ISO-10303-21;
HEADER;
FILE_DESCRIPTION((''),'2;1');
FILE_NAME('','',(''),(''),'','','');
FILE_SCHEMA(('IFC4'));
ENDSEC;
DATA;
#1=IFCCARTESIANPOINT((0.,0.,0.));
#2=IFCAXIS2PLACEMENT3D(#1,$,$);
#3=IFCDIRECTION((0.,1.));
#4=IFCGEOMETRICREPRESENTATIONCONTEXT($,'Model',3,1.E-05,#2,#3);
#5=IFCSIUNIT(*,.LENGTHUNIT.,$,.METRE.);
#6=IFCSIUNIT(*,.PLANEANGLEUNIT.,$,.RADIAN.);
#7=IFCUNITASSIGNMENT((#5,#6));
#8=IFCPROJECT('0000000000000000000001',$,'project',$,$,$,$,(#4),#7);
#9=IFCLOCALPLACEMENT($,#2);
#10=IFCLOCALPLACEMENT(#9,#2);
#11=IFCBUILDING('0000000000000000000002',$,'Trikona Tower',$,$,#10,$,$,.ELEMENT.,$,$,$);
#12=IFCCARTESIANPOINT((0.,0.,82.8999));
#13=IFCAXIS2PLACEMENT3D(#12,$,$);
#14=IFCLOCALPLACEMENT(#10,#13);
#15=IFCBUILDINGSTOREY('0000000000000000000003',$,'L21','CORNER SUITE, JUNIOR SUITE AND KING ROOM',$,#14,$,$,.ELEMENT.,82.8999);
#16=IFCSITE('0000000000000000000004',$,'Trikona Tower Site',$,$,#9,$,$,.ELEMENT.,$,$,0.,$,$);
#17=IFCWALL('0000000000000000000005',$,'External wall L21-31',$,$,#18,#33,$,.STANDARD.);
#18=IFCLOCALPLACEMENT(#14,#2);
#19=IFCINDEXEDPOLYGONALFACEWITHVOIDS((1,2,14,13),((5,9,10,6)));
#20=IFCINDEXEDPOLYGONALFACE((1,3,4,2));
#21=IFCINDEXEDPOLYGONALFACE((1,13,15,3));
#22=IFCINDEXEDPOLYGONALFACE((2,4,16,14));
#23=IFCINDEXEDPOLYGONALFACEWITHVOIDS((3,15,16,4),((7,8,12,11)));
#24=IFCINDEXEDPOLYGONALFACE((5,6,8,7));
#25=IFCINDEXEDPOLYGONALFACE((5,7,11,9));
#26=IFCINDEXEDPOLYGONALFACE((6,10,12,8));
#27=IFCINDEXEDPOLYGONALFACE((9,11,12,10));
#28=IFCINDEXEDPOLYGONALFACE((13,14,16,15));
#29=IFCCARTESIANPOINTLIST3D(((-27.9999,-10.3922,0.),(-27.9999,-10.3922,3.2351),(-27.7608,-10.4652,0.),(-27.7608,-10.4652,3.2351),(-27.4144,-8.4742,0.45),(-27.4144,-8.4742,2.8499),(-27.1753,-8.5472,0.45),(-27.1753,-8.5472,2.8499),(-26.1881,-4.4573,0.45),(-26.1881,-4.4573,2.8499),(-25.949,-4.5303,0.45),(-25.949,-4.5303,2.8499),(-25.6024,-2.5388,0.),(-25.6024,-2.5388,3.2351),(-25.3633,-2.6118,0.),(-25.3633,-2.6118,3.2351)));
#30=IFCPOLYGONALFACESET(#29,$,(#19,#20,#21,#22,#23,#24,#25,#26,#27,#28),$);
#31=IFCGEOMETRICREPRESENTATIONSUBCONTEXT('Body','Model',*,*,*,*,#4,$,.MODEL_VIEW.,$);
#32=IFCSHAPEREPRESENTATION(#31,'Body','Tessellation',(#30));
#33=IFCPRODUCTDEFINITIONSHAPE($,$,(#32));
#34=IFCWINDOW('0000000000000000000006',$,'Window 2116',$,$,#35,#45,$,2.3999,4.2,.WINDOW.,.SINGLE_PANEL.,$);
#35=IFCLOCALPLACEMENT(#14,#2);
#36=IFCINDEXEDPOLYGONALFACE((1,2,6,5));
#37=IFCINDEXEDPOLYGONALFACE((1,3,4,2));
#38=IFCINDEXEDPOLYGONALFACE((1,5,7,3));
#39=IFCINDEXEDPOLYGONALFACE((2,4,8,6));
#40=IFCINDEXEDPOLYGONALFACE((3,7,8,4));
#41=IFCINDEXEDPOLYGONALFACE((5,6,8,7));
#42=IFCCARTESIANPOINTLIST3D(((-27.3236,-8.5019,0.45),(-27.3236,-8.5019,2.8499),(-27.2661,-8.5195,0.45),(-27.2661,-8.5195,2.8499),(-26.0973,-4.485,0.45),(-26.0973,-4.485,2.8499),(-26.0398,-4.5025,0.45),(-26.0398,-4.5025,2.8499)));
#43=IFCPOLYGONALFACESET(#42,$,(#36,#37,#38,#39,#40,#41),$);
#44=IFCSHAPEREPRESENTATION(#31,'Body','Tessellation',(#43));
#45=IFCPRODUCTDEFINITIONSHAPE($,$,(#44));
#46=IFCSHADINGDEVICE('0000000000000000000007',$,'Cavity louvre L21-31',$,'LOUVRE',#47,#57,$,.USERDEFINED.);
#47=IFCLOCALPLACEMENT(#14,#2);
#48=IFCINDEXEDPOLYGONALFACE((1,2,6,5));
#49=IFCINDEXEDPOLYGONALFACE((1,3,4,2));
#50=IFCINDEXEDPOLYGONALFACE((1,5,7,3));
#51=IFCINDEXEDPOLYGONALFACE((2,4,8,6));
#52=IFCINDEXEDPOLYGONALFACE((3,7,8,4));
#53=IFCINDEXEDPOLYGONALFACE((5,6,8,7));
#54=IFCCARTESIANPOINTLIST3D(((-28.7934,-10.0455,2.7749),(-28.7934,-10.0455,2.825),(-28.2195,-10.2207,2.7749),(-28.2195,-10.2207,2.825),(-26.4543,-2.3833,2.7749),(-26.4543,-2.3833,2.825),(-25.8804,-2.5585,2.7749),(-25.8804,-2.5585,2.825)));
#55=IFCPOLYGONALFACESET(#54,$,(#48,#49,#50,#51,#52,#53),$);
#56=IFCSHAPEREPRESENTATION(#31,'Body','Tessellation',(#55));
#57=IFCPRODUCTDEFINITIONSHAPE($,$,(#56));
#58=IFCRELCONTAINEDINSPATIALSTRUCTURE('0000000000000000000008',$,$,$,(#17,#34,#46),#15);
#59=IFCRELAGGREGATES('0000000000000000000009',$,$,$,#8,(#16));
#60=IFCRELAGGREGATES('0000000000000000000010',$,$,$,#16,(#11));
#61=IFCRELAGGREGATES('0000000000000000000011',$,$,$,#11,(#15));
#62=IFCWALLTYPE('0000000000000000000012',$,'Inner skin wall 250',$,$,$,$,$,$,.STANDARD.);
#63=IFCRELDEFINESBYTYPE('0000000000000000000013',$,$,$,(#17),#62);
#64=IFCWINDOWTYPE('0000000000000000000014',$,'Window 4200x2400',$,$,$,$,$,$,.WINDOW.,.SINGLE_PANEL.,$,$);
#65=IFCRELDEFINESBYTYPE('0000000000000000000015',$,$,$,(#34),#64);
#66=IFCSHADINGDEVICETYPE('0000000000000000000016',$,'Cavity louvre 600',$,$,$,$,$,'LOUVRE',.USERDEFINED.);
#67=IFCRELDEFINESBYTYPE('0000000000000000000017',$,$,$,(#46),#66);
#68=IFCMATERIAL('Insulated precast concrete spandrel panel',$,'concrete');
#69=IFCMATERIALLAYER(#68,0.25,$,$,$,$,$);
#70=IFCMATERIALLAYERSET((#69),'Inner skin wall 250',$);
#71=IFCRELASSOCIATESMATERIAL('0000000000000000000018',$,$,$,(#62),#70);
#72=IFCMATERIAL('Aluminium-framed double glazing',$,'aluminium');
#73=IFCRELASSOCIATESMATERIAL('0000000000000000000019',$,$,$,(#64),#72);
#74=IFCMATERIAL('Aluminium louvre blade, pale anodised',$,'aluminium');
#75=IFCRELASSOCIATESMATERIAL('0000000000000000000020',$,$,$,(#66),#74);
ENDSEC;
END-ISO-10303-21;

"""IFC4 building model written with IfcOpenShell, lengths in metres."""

from ifc_helpers import new_model, si_unit, direction, frame, frame_2d, origin, origin_2d, place, context, subcontext, project, spatial, rectangle, extrude, material, layer, layer_set, type_object, element, fill, save


model = new_model("IFC4")

# Units and contexts
model_context = context("Model", 3, precision=1e-05, world=origin(), true_north=direction((0.0, 1.0)))
body_context = subcontext(model_context, "Body", "Model", "MODEL_VIEW")
ifc_project = project(units=[si_unit("LENGTHUNIT", "METRE"), si_unit("PLANEANGLEUNIT", "RADIAN")], contexts=[model_context])

# Site, building, storey
site_placement = place(None, origin())
site = spatial("IfcSite", under=ifc_project, at=site_placement, Name="Trikona Tower Site", CompositionType="ELEMENT", RefElevation=0.0)
building_placement = place(site_placement, origin())
building = spatial("IfcBuilding", under=site, at=building_placement, Name="Trikona Tower", CompositionType="ELEMENT")
storey_placement = place(building_placement, frame((0.0, 0.0, 82.8999)))
storey = spatial("IfcBuildingStorey", under=building, at=storey_placement, Name="L21", Description="CORNER SUITE, JUNIOR SUITE AND KING ROOM", CompositionType="ELEMENT", Elevation=82.8999)

# Wall, opening, window
ifc_material_1 = material(Name="Insulated precast concrete spandrel panel", Category="concrete")
ifc_layer_1 = layer(ifc_material_1, 0.25)
ifc_layer_set_1 = layer_set([ifc_layer_1], Name="Inner skin wall 250")
wall_type_1 = type_object("IfcWallType", Name="Inner skin wall 250", PredefinedType="STANDARD", material=ifc_layer_set_1)
wall_1_placement = place(storey_placement, frame((-25.4829, -2.5754, 0.0), z_axis=(0.0, 0.0, 1.0), x_axis=(-0.291979, -0.956425, 0.0)))
wall_1 = element("IfcWall", 1, at=wall_1_placement, inside=storey, type_object=wall_type_1, Name="External wall L21-31", PredefinedType="STANDARD", context=body_context, shape_type="SweptSolid", body=[
    extrude(rectangle(XDim=8.2112, YDim=0.25, at=frame_2d((4.1055, 0.0))), origin(), (0.0, 0.0, 1.0), 3.2351),
])
opening_1_placement = place(wall_1_placement, frame((2.0056, 0.0, 0.45)))
opening_1 = element("IfcOpeningElement", 2, at=opening_1_placement, cuts=wall_1, PredefinedType="OPENING", context=body_context, shape_type="SweptSolid", body=[
    extrude(rectangle(XDim=4.2, YDim=2.3999, at=frame_2d((2.1001, 1.2))), frame((0.0, 0.135, 0.0), z_axis=(0.0, -1.0, 0.0), x_axis=(1.0, 0.0, 0.0)), (0.0, 0.0, 1.0), 0.27),
])
ifc_material_2 = material(Name="Aluminium-framed double glazing", Category="aluminium")
window_type_1 = type_object("IfcWindowType", Name="Window 4200x2400", PartitioningType="SINGLE_PANEL", PredefinedType="WINDOW", material=ifc_material_2)
window_1_placement = place(opening_1_placement, origin())
window_1 = element("IfcWindow", 3, at=window_1_placement, inside=storey, type_object=window_type_1, Name="Window 2116", OverallHeight=2.3999, OverallWidth=4.2, PartitioningType="SINGLE_PANEL", PredefinedType="WINDOW", context=body_context, shape_type="SweptSolid", body=[
    extrude(rectangle(XDim=4.2, YDim=2.3999, at=frame_2d((2.1001, 1.2))), frame((0.0, 0.03, 0.0), z_axis=(0.0, -1.0, 0.0), x_axis=(1.0, 0.0, 0.0)), (0.0, 0.0, 1.0), 0.0601),
])
fill(opening_1, window_1)

# Shading device
ifc_material_3 = material(Name="Aluminium louvre blade, pale anodised", Category="aluminium")
shading_device_type = type_object("IfcShadingDeviceType", Name="Cavity louvre 600", ElementType="LOUVRE", PredefinedType="USERDEFINED", material=ifc_material_3)
shading_device_placement = place(storey_placement, frame((-27.3369, -6.302, 2.7749), z_axis=(0.0, 0.0, 1.0), x_axis=(-0.291979, -0.956425, 0.0)))
element("IfcShadingDevice", 4, at=shading_device_placement, inside=storey, type_object=shading_device_type, Name="Cavity louvre L21-31", ObjectType="LOUVRE", PredefinedType="USERDEFINED", context=body_context, shape_type="SweptSolid", body=[
    extrude(rectangle(XDim=8.0112, YDim=0.6001, at=origin_2d()), origin(), (0.0, 0.0, 1.0), 0.05),
])

save(model, "model.ifc")
